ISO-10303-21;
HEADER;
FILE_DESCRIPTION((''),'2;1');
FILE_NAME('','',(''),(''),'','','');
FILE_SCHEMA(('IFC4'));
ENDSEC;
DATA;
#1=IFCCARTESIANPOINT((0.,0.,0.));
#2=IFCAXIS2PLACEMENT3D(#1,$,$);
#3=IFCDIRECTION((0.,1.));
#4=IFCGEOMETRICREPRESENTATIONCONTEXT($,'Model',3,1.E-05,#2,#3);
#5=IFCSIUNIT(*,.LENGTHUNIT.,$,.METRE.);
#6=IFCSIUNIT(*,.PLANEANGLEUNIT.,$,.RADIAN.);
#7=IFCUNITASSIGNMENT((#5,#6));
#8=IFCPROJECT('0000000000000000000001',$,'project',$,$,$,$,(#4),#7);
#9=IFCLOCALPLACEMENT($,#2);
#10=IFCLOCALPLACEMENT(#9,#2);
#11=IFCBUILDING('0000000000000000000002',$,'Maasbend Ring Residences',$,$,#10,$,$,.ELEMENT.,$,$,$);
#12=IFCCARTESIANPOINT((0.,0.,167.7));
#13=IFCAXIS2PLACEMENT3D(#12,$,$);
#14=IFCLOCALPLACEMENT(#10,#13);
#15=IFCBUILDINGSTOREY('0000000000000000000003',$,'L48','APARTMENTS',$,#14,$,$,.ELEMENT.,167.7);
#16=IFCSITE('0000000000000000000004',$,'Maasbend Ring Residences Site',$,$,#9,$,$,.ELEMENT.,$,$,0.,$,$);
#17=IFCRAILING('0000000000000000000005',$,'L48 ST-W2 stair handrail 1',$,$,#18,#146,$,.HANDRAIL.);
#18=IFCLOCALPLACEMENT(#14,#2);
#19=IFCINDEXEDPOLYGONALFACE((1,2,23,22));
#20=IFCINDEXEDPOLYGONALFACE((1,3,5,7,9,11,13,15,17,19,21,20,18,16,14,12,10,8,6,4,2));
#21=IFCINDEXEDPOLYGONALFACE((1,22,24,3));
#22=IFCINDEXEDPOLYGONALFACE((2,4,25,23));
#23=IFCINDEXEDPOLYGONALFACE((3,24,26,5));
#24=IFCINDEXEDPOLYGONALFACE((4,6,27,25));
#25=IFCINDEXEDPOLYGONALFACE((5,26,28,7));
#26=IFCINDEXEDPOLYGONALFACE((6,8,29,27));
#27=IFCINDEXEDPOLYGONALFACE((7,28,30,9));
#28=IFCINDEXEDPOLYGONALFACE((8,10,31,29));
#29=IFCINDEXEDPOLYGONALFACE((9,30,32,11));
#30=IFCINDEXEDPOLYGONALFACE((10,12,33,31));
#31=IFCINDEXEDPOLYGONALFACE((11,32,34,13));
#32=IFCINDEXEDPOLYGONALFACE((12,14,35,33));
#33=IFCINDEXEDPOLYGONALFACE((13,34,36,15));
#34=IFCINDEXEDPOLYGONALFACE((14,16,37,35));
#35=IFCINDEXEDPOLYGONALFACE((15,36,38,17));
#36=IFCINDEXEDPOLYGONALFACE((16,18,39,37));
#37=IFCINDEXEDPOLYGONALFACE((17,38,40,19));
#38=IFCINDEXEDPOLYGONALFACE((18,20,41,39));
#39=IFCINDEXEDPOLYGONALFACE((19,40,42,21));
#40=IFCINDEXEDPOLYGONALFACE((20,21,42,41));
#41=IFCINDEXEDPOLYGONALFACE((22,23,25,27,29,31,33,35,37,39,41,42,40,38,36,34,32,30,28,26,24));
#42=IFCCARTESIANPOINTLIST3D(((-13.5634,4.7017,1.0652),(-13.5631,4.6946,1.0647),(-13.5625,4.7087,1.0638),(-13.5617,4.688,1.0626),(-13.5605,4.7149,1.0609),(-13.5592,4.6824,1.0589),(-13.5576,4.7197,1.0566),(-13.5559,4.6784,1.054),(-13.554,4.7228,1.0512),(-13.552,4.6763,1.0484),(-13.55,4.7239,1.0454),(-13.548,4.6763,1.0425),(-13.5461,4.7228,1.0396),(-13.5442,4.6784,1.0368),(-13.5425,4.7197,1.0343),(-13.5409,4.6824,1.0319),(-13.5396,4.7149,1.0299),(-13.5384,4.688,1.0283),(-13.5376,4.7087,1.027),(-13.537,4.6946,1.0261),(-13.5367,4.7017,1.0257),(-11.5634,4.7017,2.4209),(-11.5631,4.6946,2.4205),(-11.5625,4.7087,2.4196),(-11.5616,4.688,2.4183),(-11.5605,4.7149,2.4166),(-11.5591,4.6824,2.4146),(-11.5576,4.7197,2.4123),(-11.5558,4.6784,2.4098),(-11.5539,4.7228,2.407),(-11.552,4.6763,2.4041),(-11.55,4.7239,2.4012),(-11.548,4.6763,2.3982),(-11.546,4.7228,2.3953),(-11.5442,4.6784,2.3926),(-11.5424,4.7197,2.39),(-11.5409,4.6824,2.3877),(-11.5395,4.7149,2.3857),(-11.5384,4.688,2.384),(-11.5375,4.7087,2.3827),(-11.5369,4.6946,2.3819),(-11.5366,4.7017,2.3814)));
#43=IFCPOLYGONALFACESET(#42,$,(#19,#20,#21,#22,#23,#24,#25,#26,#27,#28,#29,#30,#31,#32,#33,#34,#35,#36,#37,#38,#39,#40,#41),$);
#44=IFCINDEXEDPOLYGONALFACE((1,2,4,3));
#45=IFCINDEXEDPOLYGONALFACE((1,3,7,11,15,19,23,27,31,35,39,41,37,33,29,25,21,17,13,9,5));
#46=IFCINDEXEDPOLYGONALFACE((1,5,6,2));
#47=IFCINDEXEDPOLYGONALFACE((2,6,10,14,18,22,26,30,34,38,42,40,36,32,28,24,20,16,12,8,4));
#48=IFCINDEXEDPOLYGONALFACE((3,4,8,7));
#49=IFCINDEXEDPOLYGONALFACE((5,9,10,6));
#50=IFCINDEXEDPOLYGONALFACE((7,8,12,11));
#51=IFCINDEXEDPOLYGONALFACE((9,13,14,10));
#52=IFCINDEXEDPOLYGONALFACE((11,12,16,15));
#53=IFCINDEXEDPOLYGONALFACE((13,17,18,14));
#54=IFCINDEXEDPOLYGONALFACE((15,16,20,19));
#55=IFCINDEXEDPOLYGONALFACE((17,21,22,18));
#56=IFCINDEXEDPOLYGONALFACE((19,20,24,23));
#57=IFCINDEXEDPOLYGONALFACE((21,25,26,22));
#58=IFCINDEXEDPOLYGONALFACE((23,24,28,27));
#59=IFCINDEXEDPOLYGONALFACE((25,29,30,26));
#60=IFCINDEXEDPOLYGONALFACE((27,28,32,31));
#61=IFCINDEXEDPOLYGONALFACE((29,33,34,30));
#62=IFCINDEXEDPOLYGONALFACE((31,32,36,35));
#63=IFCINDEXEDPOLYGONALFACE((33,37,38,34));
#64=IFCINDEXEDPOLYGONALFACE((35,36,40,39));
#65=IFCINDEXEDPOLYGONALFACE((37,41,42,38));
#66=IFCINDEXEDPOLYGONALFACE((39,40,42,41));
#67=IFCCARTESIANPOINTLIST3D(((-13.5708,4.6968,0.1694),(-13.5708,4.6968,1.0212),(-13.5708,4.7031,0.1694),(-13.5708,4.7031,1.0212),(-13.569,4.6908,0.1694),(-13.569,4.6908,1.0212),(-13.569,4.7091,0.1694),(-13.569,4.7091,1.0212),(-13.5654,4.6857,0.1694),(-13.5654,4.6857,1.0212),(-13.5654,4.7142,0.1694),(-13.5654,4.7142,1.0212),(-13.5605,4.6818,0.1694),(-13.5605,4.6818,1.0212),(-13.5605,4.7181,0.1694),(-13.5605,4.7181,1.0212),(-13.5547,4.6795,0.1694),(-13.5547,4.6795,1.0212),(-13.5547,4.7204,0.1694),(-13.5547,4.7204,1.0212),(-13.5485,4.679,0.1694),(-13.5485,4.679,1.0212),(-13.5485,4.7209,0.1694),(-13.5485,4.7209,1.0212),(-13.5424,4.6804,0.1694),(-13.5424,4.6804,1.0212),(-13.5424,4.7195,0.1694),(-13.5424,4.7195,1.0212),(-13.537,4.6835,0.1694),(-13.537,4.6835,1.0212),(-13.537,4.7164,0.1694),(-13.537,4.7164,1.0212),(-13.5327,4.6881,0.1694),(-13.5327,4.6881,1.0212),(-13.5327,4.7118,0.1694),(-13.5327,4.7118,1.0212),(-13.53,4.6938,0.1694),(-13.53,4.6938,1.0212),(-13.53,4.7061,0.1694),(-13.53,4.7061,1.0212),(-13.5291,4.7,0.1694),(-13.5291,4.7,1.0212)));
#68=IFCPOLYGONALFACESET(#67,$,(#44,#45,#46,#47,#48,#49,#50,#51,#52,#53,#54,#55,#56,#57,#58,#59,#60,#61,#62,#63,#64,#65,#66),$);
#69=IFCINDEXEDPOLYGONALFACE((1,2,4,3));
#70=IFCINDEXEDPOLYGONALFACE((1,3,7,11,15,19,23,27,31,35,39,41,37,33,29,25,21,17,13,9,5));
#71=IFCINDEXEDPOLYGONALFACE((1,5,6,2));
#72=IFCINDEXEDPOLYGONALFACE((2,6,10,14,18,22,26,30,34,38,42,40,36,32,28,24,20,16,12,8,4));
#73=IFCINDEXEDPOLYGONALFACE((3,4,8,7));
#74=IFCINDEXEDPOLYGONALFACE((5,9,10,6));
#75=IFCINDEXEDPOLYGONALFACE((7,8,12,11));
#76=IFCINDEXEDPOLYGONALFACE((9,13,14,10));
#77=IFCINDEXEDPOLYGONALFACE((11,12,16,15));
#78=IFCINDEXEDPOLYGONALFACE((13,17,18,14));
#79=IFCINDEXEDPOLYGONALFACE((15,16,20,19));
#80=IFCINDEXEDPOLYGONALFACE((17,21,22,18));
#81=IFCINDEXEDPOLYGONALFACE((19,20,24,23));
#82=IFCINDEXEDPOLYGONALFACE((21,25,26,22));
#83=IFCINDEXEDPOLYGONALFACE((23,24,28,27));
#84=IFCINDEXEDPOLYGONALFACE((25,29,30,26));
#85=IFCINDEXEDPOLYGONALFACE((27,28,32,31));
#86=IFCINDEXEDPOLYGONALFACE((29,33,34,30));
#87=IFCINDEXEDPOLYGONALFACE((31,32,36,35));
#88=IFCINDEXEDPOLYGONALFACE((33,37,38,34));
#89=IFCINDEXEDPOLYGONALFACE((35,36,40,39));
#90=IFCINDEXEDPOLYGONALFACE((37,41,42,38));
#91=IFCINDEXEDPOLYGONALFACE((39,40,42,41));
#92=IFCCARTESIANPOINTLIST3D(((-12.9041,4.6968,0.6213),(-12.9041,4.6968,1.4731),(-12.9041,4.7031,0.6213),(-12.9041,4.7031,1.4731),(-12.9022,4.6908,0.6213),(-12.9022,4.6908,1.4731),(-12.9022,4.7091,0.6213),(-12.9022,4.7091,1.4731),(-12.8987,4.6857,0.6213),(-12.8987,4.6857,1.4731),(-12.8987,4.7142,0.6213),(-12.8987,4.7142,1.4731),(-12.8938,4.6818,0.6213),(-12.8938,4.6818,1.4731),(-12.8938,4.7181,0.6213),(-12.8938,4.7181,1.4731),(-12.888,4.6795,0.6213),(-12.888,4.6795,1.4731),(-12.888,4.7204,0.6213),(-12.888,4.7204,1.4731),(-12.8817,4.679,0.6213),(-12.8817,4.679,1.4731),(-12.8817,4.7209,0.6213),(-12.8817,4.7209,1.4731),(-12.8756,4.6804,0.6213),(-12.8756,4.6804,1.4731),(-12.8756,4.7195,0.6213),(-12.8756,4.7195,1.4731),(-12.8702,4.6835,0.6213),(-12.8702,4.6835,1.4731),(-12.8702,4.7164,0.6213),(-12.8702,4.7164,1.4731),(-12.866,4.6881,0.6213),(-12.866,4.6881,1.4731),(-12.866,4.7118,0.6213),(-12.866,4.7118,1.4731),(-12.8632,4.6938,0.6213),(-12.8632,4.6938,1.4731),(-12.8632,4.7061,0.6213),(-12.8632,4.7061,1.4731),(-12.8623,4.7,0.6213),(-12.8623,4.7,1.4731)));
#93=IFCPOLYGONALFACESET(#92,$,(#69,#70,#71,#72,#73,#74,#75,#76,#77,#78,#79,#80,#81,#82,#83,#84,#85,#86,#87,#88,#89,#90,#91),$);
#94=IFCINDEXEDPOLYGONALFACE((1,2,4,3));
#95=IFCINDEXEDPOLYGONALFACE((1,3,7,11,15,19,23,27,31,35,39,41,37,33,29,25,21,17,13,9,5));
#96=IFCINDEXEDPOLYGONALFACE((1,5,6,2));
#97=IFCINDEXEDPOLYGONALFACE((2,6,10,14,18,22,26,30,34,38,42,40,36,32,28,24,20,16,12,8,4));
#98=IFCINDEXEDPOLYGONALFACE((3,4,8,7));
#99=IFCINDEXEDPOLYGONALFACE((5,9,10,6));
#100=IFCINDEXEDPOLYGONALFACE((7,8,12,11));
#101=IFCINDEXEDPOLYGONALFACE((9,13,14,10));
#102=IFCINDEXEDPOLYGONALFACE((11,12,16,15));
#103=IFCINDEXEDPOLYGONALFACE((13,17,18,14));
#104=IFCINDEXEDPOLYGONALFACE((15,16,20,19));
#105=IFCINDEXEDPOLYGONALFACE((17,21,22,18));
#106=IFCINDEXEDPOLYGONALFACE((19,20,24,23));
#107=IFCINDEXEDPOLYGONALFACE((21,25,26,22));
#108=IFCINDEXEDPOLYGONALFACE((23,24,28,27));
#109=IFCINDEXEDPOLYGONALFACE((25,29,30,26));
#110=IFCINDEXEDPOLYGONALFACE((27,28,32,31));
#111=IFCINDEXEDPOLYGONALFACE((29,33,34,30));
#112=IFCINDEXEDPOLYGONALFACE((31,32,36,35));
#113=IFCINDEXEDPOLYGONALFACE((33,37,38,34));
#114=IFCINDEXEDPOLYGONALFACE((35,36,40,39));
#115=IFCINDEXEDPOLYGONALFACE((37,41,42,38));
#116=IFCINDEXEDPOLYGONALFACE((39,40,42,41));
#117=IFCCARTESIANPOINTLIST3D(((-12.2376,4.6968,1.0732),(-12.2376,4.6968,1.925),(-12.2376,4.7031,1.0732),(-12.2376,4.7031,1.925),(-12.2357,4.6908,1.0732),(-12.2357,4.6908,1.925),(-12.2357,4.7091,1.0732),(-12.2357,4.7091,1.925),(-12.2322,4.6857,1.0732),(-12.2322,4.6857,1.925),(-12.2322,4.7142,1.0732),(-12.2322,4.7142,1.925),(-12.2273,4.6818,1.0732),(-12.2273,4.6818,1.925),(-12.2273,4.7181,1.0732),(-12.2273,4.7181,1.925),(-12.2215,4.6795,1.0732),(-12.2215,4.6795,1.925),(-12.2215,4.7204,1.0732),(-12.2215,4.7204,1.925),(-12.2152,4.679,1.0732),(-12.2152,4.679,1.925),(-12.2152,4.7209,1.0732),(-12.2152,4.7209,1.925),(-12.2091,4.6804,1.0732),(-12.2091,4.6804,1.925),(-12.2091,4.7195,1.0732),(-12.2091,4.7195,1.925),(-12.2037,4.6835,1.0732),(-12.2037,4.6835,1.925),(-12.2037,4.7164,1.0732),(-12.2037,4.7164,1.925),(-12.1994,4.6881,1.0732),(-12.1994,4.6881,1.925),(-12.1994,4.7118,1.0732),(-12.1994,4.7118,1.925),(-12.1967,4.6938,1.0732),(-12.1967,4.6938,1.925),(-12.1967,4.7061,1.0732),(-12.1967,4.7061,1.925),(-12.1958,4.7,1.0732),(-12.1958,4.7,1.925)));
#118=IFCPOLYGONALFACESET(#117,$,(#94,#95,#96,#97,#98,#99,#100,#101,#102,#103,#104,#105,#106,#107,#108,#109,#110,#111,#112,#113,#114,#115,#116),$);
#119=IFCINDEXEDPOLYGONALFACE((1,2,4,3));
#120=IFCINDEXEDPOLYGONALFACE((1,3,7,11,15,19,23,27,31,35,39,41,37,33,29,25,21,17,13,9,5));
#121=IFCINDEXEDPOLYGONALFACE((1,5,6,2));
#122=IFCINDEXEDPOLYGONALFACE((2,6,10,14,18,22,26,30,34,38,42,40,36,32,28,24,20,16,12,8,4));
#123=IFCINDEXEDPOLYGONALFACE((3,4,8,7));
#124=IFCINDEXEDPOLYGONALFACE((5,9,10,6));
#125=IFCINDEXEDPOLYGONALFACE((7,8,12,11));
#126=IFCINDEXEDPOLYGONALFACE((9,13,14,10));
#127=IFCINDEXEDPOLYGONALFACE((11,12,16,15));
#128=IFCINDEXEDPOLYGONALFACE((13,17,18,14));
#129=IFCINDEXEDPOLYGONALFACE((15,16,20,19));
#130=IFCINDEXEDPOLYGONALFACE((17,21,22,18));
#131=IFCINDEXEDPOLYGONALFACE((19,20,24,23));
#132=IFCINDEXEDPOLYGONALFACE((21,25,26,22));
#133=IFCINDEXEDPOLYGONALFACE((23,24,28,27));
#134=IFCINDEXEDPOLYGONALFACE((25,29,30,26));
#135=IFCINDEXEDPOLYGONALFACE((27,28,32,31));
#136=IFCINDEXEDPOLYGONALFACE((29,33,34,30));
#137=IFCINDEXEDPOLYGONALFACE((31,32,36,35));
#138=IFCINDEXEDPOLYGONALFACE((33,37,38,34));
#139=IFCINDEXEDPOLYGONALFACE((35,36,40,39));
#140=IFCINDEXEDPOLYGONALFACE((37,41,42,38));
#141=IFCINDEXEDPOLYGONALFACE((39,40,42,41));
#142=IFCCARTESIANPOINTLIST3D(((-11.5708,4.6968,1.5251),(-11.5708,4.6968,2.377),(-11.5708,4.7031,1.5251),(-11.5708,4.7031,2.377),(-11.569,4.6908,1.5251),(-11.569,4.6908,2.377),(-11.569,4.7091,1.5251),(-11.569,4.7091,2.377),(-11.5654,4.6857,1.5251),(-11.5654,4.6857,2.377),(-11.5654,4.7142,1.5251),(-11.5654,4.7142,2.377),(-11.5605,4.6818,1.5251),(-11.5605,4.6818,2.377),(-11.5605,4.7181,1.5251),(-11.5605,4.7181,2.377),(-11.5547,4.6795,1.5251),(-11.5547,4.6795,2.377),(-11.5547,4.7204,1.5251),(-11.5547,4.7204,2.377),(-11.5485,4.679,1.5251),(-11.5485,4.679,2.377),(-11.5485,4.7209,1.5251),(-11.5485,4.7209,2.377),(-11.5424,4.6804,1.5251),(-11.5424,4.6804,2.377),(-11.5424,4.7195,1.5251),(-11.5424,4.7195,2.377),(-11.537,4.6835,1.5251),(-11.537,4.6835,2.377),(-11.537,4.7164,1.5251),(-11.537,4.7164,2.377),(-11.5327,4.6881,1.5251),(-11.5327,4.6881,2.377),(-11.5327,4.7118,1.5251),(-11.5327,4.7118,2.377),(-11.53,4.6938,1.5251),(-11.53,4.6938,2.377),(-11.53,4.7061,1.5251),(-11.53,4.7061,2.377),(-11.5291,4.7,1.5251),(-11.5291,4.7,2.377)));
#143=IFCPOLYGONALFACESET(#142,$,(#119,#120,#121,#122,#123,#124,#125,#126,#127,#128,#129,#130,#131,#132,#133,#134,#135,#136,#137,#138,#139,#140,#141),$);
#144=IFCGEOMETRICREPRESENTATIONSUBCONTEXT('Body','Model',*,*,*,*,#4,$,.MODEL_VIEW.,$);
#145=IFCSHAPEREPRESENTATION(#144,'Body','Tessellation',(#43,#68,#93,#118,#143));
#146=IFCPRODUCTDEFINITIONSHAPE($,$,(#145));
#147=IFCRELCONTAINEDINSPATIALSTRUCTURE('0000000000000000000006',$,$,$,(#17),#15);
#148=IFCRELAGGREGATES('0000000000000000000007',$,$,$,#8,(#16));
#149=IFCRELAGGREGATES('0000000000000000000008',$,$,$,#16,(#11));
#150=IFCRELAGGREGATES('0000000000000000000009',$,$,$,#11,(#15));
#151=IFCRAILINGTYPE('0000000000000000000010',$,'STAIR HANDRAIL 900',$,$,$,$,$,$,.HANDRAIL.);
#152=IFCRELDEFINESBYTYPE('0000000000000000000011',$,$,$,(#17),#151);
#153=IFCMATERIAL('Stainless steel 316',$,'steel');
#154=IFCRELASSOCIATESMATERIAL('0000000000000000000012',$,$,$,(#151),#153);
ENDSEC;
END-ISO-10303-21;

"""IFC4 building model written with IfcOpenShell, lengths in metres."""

from ifc_helpers import new_model, si_unit, direction, frame, origin, origin_2d, place, context, subcontext, project, spatial, circle, extrude, material, type_object, element, save


model = new_model("IFC4")

# Units and contexts
model_context = context("Model", 3, precision=1e-05, world=origin(), true_north=direction((0.0, 1.0)))
body_context = subcontext(model_context, "Body", "Model", "MODEL_VIEW")
ifc_project = project(units=[si_unit("LENGTHUNIT", "METRE"), si_unit("PLANEANGLEUNIT", "RADIAN")], contexts=[model_context])

# Site, building, storey
site_placement = place(None, origin())
site = spatial("IfcSite", under=ifc_project, at=site_placement, Name="Maasbend Ring Residences Site", CompositionType="ELEMENT", RefElevation=0.0)
building_placement = place(site_placement, origin())
building = spatial("IfcBuilding", under=site, at=building_placement, Name="Maasbend Ring Residences", CompositionType="ELEMENT")
storey_placement = place(building_placement, frame((0.0, 0.0, 167.7)))
storey = spatial("IfcBuildingStorey", under=building, at=storey_placement, Name="L48", Description="APARTMENTS", CompositionType="ELEMENT", Elevation=167.7)

# Railing
ifc_material_1 = material(Name="Stainless steel 316", Category="steel")
railing_type = type_object("IfcRailingType", Name="STAIR HANDRAIL 900", PredefinedType="HANDRAIL", material=ifc_material_1)
railing_1_placement = place(storey_placement, frame((-13.55, 4.7, 0.1694)))
element("IfcRailing", 1, at=railing_1_placement, inside=storey, type_object=railing_type, Name="L48 ST-W2 stair handrail 1", PredefinedType="HANDRAIL", context=body_context, shape_type="SweptSolid", body=[
    extrude(circle(Radius=0.0239, at=origin_2d()), frame((0.0, 0.0, 0.876), z_axis=(0.827751, 0.0, 0.561096), x_axis=(0.0, 1.0, 0.0)), (0.0, 0.0, 1.0), 2.4163),
    extrude(circle(Radius=0.021, at=origin_2d()), origin(), (0.0, 0.0, 1.0), 0.8518),
    extrude(circle(Radius=0.021, at=origin_2d()), frame((0.6667, 0.0, 0.4519)), (0.0, 0.0, 1.0), 0.8518),
    extrude(circle(Radius=0.021, at=origin_2d()), frame((1.3333, 0.0, 0.9038)), (0.0, 0.0, 1.0), 0.8518),
    extrude(circle(Radius=0.021, at=origin_2d()), frame((2.0, 0.0, 1.3557)), (0.0, 0.0, 1.0), 0.8518),
])

save(model, "model.ifc")
